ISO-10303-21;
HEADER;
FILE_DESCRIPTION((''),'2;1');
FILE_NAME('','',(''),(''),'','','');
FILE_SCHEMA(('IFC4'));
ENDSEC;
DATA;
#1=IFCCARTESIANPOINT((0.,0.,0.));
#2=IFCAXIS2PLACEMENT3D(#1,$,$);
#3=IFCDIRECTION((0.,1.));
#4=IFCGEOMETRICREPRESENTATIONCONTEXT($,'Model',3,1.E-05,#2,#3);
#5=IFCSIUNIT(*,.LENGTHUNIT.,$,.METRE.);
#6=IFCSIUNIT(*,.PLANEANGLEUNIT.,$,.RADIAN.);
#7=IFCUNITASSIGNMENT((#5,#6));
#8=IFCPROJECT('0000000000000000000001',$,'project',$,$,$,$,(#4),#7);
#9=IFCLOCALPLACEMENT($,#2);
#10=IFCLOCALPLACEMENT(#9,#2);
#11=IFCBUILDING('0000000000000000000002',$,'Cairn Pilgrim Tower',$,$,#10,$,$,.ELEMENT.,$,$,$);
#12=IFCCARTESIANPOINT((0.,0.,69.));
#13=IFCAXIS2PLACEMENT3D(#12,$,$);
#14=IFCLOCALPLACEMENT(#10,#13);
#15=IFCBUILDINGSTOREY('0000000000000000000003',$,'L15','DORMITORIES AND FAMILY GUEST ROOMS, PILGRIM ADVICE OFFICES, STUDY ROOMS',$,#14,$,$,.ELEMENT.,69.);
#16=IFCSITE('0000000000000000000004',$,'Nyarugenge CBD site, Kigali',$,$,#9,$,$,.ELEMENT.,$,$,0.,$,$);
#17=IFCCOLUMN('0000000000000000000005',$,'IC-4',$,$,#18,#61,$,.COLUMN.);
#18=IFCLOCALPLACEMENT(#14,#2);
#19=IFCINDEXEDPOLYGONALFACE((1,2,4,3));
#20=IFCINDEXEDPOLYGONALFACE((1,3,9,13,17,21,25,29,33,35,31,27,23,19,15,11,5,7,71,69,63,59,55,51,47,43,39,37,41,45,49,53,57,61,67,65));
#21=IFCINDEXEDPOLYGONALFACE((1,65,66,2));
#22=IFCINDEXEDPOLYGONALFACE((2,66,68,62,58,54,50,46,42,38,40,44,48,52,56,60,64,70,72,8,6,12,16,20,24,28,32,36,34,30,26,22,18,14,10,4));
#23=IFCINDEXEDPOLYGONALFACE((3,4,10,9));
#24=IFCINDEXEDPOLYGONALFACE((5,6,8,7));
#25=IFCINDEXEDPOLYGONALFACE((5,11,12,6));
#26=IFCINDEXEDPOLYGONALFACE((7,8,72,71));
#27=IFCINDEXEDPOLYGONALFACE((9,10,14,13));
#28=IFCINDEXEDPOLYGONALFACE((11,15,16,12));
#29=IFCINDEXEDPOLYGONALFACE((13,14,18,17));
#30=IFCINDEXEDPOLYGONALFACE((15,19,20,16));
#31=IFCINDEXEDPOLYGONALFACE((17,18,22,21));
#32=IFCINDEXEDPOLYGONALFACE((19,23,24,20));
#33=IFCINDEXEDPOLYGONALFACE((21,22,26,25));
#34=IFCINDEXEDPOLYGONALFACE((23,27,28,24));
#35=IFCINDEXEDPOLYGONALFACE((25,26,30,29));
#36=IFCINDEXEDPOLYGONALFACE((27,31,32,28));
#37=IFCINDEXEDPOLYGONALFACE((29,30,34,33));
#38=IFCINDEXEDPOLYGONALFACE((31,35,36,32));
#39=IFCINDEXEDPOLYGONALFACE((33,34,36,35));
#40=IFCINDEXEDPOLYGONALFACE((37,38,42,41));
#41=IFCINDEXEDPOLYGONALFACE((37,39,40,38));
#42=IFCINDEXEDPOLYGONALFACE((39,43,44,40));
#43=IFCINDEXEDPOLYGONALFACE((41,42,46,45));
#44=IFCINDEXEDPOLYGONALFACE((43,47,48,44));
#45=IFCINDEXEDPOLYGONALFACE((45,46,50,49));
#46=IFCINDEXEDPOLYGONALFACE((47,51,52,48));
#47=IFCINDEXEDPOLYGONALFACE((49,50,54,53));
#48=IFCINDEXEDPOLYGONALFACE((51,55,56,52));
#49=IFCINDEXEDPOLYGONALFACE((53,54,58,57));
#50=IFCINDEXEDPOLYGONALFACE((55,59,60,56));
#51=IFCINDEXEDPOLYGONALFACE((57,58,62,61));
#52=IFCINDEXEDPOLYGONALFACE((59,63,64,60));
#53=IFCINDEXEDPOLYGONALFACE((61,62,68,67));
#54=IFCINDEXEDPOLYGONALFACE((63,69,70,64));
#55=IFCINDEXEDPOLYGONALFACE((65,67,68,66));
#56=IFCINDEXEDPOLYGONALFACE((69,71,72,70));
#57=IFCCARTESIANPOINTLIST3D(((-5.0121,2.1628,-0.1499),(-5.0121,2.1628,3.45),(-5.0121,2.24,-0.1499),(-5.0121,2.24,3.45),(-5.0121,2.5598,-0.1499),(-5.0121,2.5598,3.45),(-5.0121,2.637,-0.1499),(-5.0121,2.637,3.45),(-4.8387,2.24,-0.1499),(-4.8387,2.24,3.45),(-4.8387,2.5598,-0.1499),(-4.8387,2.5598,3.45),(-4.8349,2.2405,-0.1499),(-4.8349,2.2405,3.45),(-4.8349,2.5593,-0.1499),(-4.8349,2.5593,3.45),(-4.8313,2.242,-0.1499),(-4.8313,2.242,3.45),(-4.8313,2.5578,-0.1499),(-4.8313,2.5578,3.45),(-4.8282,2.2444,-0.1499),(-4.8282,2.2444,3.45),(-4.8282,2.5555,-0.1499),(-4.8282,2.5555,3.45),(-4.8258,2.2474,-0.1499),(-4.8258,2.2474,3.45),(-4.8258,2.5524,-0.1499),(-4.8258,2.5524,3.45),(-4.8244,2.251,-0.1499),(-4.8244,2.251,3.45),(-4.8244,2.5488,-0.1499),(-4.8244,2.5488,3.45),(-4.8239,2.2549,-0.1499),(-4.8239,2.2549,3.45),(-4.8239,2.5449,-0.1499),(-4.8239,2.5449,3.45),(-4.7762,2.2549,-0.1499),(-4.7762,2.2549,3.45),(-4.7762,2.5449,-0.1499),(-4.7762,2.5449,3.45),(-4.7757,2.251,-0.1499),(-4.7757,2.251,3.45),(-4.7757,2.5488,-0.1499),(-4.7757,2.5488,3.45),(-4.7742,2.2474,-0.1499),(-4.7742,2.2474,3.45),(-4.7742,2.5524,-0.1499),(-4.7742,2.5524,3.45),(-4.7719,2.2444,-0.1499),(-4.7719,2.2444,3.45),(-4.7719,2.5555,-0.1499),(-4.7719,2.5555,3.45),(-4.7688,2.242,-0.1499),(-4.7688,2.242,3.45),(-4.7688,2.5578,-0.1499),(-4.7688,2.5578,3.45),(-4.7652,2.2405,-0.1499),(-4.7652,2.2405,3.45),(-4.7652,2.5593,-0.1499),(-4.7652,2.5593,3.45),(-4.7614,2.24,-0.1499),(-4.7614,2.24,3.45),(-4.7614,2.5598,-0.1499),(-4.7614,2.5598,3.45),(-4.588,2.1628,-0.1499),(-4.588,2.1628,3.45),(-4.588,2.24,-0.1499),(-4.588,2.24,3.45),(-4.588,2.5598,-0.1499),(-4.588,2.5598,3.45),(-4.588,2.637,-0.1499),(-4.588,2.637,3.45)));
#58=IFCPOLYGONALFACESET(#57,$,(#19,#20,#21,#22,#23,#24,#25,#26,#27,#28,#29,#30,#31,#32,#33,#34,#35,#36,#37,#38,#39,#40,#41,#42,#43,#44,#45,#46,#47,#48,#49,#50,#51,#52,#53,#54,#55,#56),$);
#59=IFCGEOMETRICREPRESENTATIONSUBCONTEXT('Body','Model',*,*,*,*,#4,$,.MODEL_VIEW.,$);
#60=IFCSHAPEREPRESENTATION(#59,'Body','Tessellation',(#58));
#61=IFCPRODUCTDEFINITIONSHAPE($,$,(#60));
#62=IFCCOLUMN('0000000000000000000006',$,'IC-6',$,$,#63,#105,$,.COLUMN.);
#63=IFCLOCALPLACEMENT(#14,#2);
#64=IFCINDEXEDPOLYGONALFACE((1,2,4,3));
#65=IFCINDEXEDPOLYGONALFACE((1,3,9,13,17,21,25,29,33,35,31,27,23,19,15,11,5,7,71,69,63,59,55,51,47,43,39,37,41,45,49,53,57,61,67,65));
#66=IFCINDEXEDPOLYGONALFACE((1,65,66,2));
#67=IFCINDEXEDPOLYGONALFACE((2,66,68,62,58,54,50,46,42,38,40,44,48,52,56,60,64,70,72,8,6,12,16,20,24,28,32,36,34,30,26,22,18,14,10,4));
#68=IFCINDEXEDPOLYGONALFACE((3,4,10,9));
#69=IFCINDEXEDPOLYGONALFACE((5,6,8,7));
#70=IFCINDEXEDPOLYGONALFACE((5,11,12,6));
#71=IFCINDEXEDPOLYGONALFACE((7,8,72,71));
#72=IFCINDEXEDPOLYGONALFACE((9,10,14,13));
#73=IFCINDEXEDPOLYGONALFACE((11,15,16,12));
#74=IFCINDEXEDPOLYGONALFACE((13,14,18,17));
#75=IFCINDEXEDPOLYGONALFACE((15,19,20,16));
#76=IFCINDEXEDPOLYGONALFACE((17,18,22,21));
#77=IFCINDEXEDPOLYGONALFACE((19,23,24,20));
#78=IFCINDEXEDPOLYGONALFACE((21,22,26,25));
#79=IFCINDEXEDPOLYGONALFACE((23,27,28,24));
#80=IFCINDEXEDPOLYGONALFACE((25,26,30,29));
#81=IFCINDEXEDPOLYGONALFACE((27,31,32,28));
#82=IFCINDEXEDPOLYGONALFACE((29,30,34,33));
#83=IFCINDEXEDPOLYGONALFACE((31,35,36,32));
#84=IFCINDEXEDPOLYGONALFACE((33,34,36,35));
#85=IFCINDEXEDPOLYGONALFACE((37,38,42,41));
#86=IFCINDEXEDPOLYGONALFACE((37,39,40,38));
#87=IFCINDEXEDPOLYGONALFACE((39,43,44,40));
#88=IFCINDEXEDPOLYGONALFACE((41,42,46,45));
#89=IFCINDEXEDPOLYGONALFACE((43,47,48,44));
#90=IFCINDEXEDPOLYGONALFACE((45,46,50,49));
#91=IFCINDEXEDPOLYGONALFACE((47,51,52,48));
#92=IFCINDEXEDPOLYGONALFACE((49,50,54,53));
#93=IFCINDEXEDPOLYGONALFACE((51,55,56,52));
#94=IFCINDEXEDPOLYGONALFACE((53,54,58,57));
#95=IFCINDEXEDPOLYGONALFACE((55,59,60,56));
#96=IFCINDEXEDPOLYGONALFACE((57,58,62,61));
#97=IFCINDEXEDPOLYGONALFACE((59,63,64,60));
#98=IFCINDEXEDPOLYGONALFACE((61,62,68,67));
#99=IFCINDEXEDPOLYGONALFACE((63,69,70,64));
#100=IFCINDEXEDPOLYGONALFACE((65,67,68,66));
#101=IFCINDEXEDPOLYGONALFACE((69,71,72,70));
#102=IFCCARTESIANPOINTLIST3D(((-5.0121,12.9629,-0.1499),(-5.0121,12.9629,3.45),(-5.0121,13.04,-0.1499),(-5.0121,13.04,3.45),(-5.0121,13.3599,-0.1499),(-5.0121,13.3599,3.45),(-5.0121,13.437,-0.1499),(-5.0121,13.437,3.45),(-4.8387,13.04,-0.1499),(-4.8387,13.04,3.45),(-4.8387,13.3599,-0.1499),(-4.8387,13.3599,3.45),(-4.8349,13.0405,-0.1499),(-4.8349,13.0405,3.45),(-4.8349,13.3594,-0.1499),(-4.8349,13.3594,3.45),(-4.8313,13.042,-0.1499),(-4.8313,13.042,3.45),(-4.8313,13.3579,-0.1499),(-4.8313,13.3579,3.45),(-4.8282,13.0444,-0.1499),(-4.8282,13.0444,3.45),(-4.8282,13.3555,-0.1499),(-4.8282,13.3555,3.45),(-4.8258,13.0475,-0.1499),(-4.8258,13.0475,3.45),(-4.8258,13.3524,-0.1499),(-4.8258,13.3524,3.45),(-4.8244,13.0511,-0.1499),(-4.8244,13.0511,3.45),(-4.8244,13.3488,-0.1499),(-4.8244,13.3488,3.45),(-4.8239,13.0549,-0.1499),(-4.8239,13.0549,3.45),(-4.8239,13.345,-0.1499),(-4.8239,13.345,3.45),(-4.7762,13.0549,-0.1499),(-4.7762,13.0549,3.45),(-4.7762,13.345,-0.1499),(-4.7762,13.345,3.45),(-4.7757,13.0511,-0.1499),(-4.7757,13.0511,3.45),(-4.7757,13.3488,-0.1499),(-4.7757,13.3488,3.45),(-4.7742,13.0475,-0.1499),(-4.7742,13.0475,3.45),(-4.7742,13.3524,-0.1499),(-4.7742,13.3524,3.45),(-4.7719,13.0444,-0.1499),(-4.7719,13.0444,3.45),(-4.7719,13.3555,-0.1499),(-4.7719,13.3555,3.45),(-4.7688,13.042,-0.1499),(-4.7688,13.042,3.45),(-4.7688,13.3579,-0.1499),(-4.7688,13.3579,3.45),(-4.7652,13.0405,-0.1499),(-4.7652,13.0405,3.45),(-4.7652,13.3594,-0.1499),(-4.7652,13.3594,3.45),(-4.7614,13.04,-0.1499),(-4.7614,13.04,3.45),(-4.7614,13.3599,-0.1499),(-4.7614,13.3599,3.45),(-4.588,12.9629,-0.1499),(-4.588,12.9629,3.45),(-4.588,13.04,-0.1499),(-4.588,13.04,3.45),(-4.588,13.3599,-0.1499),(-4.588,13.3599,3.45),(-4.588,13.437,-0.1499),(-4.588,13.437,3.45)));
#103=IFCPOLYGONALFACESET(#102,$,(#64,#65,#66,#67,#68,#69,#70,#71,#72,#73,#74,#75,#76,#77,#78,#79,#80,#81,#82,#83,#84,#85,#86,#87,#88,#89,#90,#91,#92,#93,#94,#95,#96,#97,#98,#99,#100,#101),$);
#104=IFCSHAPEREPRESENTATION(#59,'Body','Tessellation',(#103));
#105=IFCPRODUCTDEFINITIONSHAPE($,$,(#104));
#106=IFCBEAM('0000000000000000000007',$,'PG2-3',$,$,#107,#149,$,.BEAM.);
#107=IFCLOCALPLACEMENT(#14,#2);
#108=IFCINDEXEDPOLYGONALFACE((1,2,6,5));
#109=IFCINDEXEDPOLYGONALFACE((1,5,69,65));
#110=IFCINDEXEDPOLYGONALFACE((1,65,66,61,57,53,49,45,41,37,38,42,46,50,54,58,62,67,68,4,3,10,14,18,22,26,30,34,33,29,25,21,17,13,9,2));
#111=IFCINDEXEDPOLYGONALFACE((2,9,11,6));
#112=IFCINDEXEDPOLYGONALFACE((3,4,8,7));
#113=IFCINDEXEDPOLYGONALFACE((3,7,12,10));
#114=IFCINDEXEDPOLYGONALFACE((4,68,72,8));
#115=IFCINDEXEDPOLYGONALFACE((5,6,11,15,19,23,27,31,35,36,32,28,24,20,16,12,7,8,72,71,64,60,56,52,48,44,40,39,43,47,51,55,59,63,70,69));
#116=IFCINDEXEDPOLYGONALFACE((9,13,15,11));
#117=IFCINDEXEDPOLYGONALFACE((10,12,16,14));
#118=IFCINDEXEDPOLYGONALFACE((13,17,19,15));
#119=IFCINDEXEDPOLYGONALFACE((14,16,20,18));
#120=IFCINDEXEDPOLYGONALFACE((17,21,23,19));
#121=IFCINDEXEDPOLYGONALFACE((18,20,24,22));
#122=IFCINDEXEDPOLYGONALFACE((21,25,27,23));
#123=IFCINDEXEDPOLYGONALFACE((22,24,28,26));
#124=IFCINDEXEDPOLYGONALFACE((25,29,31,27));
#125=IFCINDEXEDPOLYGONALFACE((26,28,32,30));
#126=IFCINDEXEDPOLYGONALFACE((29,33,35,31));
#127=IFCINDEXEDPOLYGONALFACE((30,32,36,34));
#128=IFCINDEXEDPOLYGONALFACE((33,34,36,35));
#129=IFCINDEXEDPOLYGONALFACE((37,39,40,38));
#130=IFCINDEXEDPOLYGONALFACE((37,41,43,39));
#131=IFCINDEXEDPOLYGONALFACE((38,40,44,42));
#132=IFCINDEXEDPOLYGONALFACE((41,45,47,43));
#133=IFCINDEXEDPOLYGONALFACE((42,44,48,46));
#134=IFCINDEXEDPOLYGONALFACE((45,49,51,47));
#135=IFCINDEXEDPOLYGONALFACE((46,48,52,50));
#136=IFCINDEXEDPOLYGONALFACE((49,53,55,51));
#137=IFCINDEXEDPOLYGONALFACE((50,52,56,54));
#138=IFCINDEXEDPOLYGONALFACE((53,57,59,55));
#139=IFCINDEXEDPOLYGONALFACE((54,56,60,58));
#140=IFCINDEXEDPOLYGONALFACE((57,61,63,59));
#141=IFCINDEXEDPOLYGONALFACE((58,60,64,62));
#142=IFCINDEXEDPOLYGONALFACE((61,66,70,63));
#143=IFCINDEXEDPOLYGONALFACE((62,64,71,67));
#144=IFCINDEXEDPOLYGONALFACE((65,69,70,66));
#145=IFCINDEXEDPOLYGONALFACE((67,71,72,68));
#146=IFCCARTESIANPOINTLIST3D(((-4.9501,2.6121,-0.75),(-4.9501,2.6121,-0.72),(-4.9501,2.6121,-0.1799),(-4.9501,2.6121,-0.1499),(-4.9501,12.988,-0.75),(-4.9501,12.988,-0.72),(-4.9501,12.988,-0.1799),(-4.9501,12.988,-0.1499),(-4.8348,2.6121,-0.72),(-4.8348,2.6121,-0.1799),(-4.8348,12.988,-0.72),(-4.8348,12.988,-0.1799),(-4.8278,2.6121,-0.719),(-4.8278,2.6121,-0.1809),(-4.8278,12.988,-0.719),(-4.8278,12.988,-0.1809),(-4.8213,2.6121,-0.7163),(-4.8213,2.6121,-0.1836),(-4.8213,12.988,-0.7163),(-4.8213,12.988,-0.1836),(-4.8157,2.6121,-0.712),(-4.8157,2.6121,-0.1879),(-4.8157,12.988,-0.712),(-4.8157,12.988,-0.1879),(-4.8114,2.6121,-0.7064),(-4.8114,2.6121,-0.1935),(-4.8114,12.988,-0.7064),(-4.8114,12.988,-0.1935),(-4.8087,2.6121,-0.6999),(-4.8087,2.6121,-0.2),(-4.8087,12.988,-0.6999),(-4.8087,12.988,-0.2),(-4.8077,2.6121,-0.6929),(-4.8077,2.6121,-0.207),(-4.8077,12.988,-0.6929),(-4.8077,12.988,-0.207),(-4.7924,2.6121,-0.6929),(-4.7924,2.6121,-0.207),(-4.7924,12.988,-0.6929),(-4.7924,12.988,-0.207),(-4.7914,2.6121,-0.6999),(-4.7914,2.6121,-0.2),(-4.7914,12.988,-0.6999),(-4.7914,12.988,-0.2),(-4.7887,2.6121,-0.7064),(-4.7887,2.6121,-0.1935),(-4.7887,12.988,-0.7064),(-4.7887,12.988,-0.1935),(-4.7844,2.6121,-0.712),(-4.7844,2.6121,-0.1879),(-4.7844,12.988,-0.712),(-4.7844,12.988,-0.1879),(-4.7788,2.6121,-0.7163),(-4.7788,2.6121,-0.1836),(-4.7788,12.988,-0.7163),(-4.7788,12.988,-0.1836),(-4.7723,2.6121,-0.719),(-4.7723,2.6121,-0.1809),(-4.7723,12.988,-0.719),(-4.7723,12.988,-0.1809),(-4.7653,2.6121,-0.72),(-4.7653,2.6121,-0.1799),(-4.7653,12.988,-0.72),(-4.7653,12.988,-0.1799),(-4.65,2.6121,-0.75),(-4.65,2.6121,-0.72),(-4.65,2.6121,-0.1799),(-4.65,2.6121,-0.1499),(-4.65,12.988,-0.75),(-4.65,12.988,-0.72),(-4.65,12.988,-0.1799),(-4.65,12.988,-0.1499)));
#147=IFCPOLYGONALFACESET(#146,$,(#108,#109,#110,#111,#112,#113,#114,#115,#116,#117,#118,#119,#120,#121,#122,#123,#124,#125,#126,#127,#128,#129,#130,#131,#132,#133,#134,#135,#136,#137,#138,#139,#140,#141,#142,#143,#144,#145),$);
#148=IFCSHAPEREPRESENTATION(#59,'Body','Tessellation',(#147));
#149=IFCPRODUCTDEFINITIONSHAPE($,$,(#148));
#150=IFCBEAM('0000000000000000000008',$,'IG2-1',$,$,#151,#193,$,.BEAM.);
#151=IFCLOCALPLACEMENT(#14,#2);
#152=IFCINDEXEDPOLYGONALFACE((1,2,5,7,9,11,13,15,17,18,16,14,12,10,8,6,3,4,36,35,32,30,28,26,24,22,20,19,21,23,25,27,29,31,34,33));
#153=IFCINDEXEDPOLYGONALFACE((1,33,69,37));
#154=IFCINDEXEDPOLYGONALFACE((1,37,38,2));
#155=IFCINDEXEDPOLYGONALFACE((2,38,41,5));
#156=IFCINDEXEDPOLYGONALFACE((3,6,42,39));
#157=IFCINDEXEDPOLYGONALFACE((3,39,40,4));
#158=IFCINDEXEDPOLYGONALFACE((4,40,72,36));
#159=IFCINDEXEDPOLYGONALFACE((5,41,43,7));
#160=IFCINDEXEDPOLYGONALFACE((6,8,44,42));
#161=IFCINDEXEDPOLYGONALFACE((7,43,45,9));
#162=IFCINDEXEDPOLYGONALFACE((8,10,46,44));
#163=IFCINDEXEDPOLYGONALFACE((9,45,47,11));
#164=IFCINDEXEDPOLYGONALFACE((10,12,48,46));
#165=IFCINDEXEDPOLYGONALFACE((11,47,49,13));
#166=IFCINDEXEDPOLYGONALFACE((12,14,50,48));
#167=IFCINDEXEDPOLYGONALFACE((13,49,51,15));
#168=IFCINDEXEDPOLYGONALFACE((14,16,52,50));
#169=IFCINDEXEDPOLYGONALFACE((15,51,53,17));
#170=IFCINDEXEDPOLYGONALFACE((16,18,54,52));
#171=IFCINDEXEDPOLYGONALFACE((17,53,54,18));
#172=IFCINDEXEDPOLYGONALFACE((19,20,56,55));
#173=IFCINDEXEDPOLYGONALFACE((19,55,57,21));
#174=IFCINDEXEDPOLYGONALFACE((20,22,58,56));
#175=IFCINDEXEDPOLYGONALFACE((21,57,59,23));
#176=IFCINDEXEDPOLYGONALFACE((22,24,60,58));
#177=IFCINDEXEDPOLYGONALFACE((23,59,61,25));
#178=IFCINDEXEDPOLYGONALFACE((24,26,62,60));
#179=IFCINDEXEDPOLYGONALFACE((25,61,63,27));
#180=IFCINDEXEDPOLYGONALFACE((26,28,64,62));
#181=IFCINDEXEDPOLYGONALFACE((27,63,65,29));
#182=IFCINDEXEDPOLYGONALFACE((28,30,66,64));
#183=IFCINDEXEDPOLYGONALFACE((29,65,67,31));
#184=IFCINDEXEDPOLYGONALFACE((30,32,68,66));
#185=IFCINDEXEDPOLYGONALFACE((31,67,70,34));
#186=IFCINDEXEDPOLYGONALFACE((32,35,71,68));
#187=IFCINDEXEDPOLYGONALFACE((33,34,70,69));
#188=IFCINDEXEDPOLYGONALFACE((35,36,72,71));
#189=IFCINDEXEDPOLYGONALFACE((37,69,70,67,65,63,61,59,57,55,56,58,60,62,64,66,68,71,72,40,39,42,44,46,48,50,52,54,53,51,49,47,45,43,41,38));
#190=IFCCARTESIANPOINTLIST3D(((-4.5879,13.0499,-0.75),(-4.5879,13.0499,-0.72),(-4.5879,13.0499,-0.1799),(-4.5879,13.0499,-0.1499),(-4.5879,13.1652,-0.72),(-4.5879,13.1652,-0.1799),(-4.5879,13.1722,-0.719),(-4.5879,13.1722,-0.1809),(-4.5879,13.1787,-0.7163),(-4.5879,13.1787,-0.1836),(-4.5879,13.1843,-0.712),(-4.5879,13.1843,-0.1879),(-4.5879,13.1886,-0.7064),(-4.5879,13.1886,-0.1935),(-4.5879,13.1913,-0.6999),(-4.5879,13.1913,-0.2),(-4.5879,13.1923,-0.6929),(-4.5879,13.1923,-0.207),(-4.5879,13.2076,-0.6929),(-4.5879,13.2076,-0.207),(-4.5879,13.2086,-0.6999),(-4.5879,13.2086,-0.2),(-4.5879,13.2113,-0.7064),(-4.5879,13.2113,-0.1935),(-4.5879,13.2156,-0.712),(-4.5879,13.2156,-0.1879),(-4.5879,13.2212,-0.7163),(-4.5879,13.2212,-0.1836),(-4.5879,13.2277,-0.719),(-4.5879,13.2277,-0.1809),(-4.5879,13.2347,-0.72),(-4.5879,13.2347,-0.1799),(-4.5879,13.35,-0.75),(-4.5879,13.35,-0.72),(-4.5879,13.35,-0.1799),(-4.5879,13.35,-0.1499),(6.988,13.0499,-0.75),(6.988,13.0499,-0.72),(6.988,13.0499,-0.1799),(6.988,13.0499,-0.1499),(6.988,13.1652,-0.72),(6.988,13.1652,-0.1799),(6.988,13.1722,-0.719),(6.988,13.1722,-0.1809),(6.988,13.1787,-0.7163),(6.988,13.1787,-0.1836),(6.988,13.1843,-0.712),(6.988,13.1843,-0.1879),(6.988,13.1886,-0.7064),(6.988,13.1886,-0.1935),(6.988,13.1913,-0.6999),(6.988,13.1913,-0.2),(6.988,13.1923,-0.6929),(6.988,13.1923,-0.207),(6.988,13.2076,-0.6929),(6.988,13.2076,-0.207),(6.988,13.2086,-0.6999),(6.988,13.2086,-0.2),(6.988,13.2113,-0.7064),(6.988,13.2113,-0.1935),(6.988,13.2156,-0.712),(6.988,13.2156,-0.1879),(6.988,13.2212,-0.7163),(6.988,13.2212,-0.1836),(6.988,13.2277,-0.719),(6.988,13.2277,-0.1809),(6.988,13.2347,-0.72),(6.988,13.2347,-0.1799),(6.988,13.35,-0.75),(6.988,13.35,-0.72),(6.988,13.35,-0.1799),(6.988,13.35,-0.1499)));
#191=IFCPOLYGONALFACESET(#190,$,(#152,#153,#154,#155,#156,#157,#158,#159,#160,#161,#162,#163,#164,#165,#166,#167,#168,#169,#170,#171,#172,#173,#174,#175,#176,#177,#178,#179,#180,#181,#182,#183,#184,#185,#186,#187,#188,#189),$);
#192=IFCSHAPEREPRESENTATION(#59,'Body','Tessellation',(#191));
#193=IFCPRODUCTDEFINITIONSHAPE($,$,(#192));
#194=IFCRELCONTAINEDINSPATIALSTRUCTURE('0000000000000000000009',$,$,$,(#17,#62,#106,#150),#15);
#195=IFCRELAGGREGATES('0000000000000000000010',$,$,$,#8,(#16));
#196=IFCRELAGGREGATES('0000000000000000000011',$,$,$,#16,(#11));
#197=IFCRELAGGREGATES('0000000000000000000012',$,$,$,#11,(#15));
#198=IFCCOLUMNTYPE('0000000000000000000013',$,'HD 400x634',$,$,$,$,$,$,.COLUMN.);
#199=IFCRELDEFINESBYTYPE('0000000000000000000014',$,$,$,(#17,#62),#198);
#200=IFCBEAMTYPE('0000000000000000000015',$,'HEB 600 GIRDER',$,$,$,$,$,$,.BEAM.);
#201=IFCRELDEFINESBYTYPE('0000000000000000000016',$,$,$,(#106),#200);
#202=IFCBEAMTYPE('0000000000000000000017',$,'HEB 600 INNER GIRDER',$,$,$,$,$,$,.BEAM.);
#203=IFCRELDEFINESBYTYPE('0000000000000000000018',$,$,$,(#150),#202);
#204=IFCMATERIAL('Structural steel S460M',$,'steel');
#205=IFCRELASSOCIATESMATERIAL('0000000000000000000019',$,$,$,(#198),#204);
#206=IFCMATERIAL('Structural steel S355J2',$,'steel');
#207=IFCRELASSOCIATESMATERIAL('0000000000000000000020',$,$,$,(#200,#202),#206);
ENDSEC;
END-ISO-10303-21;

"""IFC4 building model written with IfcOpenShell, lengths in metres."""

from ifc_helpers import new_model, si_unit, direction, frame, origin, origin_2d, place, context, subcontext, project, spatial, i_section, extrude, material, material_profile, profile_set, type_object, element, save


model = new_model("IFC4")

# Units and contexts
model_context = context("Model", 3, precision=1e-05, world=origin(), true_north=direction((0.0, 1.0)))
body_context = subcontext(model_context, "Body", "Model", "MODEL_VIEW")
ifc_project = project(units=[si_unit("LENGTHUNIT", "METRE"), si_unit("PLANEANGLEUNIT", "RADIAN")], contexts=[model_context])

# Site, building, storey
site_placement = place(None, origin())
site = spatial("IfcSite", under=ifc_project, at=site_placement, Name="Nyarugenge CBD site, Kigali", CompositionType="ELEMENT", RefElevation=0.0)
building_placement = place(site_placement, origin())
building = spatial("IfcBuilding", under=site, at=building_placement, Name="Cairn Pilgrim Tower", CompositionType="ELEMENT")
storey_placement = place(building_placement, frame((0.0, 0.0, 69.0)))
storey = spatial("IfcBuildingStorey", under=building, at=storey_placement, Name="L15", Description="DORMITORIES AND FAMILY GUEST ROOMS, PILGRIM ADVICE OFFICES, STUDY ROOMS", CompositionType="ELEMENT", Elevation=69.0)

# Columns
ifc_material_1 = material(Name="Structural steel S460M", Category="steel")
ifc_material_profile_1 = material_profile(ifc_material_1, i_section(OverallWidth=0.4241, OverallDepth=0.4741, WebThickness=0.0476, FlangeThickness=0.0771, FilletRadius=0.0149, at=origin_2d()), Name="HD 400x634")
ifc_profile_set_1 = profile_set([ifc_material_profile_1], Name="Structural steel S460M")
column_type = type_object("IfcColumnType", Name="HD 400x634", PredefinedType="COLUMN", material=ifc_profile_set_1)
for number, where, z_axis, x_axis, name in (
    (1, (-4.8, 2.3999, -0.1499), (0.0, 0.0, 1.0), (1.0, 0.0, 0.0), "IC-4"),
    (2, (-4.8, 13.2, -0.1499), (0.0, 0.0, 1.0), (1.0, 0.0, 0.0), "IC-6"),
):
    element("IfcColumn", number, at=place(storey_placement, frame(where, z_axis=z_axis, x_axis=x_axis)), inside=storey, type_object=column_type, Name=name, PredefinedType="COLUMN", context=body_context, shape_type="SweptSolid", body=[
        extrude(i_section(OverallWidth=0.4241, OverallDepth=0.4741, WebThickness=0.0476, FlangeThickness=0.0771, FilletRadius=0.0149, at=origin_2d()), origin(), (0.0, 0.0, 1.0), 3.5999),
    ])

# Beams
ifc_material_2 = material(Name="Structural steel S355J2", Category="steel")
ifc_material_profile_2 = material_profile(ifc_material_2, i_section(OverallWidth=0.3, OverallDepth=0.6001, WebThickness=0.0154, FlangeThickness=0.03, FilletRadius=0.0271, at=origin_2d()), Name="HEB 600")
ifc_profile_set_2 = profile_set([ifc_material_profile_2], Name="Structural steel S355J2")
beam_type_1 = type_object("IfcBeamType", Name="HEB 600 GIRDER", PredefinedType="BEAM", material=ifc_profile_set_2)
beam_1_placement = place(storey_placement, frame((-4.8, 2.6121, -0.45), z_axis=(0.0, 1.0, 0.0), x_axis=(-1.0, 0.0, 0.0)))
element("IfcBeam", 3, at=beam_1_placement, inside=storey, type_object=beam_type_1, Name="PG2-3", PredefinedType="BEAM", context=body_context, shape_type="SweptSolid", body=[
    extrude(i_section(OverallWidth=0.3, OverallDepth=0.6001, WebThickness=0.0154, FlangeThickness=0.03, FilletRadius=0.0271, at=origin_2d()), origin(), (0.0, 0.0, 1.0), 10.376),
])
ifc_material_profile_3 = material_profile(ifc_material_2, i_section(OverallWidth=0.3, OverallDepth=0.6001, WebThickness=0.0154, FlangeThickness=0.03, FilletRadius=0.0271, at=origin_2d()), Name="HEB 600")
ifc_profile_set_3 = profile_set([ifc_material_profile_3], Name="Structural steel S355J2")
beam_type_2 = type_object("IfcBeamType", Name="HEB 600 INNER GIRDER", PredefinedType="BEAM", material=ifc_profile_set_3)
beam_2_placement = place(storey_placement, frame((-4.5879, 13.2, -0.45), z_axis=(1.0, 0.0, 0.0), x_axis=(0.0, 1.0, 0.0)))
element("IfcBeam", 4, at=beam_2_placement, inside=storey, type_object=beam_type_2, Name="IG2-1", PredefinedType="BEAM", context=body_context, shape_type="SweptSolid", body=[
    extrude(i_section(OverallWidth=0.3, OverallDepth=0.6001, WebThickness=0.0154, FlangeThickness=0.03, FilletRadius=0.0271, at=origin_2d()), origin(), (0.0, 0.0, 1.0), 11.5759),
])

save(model, "model.ifc")
